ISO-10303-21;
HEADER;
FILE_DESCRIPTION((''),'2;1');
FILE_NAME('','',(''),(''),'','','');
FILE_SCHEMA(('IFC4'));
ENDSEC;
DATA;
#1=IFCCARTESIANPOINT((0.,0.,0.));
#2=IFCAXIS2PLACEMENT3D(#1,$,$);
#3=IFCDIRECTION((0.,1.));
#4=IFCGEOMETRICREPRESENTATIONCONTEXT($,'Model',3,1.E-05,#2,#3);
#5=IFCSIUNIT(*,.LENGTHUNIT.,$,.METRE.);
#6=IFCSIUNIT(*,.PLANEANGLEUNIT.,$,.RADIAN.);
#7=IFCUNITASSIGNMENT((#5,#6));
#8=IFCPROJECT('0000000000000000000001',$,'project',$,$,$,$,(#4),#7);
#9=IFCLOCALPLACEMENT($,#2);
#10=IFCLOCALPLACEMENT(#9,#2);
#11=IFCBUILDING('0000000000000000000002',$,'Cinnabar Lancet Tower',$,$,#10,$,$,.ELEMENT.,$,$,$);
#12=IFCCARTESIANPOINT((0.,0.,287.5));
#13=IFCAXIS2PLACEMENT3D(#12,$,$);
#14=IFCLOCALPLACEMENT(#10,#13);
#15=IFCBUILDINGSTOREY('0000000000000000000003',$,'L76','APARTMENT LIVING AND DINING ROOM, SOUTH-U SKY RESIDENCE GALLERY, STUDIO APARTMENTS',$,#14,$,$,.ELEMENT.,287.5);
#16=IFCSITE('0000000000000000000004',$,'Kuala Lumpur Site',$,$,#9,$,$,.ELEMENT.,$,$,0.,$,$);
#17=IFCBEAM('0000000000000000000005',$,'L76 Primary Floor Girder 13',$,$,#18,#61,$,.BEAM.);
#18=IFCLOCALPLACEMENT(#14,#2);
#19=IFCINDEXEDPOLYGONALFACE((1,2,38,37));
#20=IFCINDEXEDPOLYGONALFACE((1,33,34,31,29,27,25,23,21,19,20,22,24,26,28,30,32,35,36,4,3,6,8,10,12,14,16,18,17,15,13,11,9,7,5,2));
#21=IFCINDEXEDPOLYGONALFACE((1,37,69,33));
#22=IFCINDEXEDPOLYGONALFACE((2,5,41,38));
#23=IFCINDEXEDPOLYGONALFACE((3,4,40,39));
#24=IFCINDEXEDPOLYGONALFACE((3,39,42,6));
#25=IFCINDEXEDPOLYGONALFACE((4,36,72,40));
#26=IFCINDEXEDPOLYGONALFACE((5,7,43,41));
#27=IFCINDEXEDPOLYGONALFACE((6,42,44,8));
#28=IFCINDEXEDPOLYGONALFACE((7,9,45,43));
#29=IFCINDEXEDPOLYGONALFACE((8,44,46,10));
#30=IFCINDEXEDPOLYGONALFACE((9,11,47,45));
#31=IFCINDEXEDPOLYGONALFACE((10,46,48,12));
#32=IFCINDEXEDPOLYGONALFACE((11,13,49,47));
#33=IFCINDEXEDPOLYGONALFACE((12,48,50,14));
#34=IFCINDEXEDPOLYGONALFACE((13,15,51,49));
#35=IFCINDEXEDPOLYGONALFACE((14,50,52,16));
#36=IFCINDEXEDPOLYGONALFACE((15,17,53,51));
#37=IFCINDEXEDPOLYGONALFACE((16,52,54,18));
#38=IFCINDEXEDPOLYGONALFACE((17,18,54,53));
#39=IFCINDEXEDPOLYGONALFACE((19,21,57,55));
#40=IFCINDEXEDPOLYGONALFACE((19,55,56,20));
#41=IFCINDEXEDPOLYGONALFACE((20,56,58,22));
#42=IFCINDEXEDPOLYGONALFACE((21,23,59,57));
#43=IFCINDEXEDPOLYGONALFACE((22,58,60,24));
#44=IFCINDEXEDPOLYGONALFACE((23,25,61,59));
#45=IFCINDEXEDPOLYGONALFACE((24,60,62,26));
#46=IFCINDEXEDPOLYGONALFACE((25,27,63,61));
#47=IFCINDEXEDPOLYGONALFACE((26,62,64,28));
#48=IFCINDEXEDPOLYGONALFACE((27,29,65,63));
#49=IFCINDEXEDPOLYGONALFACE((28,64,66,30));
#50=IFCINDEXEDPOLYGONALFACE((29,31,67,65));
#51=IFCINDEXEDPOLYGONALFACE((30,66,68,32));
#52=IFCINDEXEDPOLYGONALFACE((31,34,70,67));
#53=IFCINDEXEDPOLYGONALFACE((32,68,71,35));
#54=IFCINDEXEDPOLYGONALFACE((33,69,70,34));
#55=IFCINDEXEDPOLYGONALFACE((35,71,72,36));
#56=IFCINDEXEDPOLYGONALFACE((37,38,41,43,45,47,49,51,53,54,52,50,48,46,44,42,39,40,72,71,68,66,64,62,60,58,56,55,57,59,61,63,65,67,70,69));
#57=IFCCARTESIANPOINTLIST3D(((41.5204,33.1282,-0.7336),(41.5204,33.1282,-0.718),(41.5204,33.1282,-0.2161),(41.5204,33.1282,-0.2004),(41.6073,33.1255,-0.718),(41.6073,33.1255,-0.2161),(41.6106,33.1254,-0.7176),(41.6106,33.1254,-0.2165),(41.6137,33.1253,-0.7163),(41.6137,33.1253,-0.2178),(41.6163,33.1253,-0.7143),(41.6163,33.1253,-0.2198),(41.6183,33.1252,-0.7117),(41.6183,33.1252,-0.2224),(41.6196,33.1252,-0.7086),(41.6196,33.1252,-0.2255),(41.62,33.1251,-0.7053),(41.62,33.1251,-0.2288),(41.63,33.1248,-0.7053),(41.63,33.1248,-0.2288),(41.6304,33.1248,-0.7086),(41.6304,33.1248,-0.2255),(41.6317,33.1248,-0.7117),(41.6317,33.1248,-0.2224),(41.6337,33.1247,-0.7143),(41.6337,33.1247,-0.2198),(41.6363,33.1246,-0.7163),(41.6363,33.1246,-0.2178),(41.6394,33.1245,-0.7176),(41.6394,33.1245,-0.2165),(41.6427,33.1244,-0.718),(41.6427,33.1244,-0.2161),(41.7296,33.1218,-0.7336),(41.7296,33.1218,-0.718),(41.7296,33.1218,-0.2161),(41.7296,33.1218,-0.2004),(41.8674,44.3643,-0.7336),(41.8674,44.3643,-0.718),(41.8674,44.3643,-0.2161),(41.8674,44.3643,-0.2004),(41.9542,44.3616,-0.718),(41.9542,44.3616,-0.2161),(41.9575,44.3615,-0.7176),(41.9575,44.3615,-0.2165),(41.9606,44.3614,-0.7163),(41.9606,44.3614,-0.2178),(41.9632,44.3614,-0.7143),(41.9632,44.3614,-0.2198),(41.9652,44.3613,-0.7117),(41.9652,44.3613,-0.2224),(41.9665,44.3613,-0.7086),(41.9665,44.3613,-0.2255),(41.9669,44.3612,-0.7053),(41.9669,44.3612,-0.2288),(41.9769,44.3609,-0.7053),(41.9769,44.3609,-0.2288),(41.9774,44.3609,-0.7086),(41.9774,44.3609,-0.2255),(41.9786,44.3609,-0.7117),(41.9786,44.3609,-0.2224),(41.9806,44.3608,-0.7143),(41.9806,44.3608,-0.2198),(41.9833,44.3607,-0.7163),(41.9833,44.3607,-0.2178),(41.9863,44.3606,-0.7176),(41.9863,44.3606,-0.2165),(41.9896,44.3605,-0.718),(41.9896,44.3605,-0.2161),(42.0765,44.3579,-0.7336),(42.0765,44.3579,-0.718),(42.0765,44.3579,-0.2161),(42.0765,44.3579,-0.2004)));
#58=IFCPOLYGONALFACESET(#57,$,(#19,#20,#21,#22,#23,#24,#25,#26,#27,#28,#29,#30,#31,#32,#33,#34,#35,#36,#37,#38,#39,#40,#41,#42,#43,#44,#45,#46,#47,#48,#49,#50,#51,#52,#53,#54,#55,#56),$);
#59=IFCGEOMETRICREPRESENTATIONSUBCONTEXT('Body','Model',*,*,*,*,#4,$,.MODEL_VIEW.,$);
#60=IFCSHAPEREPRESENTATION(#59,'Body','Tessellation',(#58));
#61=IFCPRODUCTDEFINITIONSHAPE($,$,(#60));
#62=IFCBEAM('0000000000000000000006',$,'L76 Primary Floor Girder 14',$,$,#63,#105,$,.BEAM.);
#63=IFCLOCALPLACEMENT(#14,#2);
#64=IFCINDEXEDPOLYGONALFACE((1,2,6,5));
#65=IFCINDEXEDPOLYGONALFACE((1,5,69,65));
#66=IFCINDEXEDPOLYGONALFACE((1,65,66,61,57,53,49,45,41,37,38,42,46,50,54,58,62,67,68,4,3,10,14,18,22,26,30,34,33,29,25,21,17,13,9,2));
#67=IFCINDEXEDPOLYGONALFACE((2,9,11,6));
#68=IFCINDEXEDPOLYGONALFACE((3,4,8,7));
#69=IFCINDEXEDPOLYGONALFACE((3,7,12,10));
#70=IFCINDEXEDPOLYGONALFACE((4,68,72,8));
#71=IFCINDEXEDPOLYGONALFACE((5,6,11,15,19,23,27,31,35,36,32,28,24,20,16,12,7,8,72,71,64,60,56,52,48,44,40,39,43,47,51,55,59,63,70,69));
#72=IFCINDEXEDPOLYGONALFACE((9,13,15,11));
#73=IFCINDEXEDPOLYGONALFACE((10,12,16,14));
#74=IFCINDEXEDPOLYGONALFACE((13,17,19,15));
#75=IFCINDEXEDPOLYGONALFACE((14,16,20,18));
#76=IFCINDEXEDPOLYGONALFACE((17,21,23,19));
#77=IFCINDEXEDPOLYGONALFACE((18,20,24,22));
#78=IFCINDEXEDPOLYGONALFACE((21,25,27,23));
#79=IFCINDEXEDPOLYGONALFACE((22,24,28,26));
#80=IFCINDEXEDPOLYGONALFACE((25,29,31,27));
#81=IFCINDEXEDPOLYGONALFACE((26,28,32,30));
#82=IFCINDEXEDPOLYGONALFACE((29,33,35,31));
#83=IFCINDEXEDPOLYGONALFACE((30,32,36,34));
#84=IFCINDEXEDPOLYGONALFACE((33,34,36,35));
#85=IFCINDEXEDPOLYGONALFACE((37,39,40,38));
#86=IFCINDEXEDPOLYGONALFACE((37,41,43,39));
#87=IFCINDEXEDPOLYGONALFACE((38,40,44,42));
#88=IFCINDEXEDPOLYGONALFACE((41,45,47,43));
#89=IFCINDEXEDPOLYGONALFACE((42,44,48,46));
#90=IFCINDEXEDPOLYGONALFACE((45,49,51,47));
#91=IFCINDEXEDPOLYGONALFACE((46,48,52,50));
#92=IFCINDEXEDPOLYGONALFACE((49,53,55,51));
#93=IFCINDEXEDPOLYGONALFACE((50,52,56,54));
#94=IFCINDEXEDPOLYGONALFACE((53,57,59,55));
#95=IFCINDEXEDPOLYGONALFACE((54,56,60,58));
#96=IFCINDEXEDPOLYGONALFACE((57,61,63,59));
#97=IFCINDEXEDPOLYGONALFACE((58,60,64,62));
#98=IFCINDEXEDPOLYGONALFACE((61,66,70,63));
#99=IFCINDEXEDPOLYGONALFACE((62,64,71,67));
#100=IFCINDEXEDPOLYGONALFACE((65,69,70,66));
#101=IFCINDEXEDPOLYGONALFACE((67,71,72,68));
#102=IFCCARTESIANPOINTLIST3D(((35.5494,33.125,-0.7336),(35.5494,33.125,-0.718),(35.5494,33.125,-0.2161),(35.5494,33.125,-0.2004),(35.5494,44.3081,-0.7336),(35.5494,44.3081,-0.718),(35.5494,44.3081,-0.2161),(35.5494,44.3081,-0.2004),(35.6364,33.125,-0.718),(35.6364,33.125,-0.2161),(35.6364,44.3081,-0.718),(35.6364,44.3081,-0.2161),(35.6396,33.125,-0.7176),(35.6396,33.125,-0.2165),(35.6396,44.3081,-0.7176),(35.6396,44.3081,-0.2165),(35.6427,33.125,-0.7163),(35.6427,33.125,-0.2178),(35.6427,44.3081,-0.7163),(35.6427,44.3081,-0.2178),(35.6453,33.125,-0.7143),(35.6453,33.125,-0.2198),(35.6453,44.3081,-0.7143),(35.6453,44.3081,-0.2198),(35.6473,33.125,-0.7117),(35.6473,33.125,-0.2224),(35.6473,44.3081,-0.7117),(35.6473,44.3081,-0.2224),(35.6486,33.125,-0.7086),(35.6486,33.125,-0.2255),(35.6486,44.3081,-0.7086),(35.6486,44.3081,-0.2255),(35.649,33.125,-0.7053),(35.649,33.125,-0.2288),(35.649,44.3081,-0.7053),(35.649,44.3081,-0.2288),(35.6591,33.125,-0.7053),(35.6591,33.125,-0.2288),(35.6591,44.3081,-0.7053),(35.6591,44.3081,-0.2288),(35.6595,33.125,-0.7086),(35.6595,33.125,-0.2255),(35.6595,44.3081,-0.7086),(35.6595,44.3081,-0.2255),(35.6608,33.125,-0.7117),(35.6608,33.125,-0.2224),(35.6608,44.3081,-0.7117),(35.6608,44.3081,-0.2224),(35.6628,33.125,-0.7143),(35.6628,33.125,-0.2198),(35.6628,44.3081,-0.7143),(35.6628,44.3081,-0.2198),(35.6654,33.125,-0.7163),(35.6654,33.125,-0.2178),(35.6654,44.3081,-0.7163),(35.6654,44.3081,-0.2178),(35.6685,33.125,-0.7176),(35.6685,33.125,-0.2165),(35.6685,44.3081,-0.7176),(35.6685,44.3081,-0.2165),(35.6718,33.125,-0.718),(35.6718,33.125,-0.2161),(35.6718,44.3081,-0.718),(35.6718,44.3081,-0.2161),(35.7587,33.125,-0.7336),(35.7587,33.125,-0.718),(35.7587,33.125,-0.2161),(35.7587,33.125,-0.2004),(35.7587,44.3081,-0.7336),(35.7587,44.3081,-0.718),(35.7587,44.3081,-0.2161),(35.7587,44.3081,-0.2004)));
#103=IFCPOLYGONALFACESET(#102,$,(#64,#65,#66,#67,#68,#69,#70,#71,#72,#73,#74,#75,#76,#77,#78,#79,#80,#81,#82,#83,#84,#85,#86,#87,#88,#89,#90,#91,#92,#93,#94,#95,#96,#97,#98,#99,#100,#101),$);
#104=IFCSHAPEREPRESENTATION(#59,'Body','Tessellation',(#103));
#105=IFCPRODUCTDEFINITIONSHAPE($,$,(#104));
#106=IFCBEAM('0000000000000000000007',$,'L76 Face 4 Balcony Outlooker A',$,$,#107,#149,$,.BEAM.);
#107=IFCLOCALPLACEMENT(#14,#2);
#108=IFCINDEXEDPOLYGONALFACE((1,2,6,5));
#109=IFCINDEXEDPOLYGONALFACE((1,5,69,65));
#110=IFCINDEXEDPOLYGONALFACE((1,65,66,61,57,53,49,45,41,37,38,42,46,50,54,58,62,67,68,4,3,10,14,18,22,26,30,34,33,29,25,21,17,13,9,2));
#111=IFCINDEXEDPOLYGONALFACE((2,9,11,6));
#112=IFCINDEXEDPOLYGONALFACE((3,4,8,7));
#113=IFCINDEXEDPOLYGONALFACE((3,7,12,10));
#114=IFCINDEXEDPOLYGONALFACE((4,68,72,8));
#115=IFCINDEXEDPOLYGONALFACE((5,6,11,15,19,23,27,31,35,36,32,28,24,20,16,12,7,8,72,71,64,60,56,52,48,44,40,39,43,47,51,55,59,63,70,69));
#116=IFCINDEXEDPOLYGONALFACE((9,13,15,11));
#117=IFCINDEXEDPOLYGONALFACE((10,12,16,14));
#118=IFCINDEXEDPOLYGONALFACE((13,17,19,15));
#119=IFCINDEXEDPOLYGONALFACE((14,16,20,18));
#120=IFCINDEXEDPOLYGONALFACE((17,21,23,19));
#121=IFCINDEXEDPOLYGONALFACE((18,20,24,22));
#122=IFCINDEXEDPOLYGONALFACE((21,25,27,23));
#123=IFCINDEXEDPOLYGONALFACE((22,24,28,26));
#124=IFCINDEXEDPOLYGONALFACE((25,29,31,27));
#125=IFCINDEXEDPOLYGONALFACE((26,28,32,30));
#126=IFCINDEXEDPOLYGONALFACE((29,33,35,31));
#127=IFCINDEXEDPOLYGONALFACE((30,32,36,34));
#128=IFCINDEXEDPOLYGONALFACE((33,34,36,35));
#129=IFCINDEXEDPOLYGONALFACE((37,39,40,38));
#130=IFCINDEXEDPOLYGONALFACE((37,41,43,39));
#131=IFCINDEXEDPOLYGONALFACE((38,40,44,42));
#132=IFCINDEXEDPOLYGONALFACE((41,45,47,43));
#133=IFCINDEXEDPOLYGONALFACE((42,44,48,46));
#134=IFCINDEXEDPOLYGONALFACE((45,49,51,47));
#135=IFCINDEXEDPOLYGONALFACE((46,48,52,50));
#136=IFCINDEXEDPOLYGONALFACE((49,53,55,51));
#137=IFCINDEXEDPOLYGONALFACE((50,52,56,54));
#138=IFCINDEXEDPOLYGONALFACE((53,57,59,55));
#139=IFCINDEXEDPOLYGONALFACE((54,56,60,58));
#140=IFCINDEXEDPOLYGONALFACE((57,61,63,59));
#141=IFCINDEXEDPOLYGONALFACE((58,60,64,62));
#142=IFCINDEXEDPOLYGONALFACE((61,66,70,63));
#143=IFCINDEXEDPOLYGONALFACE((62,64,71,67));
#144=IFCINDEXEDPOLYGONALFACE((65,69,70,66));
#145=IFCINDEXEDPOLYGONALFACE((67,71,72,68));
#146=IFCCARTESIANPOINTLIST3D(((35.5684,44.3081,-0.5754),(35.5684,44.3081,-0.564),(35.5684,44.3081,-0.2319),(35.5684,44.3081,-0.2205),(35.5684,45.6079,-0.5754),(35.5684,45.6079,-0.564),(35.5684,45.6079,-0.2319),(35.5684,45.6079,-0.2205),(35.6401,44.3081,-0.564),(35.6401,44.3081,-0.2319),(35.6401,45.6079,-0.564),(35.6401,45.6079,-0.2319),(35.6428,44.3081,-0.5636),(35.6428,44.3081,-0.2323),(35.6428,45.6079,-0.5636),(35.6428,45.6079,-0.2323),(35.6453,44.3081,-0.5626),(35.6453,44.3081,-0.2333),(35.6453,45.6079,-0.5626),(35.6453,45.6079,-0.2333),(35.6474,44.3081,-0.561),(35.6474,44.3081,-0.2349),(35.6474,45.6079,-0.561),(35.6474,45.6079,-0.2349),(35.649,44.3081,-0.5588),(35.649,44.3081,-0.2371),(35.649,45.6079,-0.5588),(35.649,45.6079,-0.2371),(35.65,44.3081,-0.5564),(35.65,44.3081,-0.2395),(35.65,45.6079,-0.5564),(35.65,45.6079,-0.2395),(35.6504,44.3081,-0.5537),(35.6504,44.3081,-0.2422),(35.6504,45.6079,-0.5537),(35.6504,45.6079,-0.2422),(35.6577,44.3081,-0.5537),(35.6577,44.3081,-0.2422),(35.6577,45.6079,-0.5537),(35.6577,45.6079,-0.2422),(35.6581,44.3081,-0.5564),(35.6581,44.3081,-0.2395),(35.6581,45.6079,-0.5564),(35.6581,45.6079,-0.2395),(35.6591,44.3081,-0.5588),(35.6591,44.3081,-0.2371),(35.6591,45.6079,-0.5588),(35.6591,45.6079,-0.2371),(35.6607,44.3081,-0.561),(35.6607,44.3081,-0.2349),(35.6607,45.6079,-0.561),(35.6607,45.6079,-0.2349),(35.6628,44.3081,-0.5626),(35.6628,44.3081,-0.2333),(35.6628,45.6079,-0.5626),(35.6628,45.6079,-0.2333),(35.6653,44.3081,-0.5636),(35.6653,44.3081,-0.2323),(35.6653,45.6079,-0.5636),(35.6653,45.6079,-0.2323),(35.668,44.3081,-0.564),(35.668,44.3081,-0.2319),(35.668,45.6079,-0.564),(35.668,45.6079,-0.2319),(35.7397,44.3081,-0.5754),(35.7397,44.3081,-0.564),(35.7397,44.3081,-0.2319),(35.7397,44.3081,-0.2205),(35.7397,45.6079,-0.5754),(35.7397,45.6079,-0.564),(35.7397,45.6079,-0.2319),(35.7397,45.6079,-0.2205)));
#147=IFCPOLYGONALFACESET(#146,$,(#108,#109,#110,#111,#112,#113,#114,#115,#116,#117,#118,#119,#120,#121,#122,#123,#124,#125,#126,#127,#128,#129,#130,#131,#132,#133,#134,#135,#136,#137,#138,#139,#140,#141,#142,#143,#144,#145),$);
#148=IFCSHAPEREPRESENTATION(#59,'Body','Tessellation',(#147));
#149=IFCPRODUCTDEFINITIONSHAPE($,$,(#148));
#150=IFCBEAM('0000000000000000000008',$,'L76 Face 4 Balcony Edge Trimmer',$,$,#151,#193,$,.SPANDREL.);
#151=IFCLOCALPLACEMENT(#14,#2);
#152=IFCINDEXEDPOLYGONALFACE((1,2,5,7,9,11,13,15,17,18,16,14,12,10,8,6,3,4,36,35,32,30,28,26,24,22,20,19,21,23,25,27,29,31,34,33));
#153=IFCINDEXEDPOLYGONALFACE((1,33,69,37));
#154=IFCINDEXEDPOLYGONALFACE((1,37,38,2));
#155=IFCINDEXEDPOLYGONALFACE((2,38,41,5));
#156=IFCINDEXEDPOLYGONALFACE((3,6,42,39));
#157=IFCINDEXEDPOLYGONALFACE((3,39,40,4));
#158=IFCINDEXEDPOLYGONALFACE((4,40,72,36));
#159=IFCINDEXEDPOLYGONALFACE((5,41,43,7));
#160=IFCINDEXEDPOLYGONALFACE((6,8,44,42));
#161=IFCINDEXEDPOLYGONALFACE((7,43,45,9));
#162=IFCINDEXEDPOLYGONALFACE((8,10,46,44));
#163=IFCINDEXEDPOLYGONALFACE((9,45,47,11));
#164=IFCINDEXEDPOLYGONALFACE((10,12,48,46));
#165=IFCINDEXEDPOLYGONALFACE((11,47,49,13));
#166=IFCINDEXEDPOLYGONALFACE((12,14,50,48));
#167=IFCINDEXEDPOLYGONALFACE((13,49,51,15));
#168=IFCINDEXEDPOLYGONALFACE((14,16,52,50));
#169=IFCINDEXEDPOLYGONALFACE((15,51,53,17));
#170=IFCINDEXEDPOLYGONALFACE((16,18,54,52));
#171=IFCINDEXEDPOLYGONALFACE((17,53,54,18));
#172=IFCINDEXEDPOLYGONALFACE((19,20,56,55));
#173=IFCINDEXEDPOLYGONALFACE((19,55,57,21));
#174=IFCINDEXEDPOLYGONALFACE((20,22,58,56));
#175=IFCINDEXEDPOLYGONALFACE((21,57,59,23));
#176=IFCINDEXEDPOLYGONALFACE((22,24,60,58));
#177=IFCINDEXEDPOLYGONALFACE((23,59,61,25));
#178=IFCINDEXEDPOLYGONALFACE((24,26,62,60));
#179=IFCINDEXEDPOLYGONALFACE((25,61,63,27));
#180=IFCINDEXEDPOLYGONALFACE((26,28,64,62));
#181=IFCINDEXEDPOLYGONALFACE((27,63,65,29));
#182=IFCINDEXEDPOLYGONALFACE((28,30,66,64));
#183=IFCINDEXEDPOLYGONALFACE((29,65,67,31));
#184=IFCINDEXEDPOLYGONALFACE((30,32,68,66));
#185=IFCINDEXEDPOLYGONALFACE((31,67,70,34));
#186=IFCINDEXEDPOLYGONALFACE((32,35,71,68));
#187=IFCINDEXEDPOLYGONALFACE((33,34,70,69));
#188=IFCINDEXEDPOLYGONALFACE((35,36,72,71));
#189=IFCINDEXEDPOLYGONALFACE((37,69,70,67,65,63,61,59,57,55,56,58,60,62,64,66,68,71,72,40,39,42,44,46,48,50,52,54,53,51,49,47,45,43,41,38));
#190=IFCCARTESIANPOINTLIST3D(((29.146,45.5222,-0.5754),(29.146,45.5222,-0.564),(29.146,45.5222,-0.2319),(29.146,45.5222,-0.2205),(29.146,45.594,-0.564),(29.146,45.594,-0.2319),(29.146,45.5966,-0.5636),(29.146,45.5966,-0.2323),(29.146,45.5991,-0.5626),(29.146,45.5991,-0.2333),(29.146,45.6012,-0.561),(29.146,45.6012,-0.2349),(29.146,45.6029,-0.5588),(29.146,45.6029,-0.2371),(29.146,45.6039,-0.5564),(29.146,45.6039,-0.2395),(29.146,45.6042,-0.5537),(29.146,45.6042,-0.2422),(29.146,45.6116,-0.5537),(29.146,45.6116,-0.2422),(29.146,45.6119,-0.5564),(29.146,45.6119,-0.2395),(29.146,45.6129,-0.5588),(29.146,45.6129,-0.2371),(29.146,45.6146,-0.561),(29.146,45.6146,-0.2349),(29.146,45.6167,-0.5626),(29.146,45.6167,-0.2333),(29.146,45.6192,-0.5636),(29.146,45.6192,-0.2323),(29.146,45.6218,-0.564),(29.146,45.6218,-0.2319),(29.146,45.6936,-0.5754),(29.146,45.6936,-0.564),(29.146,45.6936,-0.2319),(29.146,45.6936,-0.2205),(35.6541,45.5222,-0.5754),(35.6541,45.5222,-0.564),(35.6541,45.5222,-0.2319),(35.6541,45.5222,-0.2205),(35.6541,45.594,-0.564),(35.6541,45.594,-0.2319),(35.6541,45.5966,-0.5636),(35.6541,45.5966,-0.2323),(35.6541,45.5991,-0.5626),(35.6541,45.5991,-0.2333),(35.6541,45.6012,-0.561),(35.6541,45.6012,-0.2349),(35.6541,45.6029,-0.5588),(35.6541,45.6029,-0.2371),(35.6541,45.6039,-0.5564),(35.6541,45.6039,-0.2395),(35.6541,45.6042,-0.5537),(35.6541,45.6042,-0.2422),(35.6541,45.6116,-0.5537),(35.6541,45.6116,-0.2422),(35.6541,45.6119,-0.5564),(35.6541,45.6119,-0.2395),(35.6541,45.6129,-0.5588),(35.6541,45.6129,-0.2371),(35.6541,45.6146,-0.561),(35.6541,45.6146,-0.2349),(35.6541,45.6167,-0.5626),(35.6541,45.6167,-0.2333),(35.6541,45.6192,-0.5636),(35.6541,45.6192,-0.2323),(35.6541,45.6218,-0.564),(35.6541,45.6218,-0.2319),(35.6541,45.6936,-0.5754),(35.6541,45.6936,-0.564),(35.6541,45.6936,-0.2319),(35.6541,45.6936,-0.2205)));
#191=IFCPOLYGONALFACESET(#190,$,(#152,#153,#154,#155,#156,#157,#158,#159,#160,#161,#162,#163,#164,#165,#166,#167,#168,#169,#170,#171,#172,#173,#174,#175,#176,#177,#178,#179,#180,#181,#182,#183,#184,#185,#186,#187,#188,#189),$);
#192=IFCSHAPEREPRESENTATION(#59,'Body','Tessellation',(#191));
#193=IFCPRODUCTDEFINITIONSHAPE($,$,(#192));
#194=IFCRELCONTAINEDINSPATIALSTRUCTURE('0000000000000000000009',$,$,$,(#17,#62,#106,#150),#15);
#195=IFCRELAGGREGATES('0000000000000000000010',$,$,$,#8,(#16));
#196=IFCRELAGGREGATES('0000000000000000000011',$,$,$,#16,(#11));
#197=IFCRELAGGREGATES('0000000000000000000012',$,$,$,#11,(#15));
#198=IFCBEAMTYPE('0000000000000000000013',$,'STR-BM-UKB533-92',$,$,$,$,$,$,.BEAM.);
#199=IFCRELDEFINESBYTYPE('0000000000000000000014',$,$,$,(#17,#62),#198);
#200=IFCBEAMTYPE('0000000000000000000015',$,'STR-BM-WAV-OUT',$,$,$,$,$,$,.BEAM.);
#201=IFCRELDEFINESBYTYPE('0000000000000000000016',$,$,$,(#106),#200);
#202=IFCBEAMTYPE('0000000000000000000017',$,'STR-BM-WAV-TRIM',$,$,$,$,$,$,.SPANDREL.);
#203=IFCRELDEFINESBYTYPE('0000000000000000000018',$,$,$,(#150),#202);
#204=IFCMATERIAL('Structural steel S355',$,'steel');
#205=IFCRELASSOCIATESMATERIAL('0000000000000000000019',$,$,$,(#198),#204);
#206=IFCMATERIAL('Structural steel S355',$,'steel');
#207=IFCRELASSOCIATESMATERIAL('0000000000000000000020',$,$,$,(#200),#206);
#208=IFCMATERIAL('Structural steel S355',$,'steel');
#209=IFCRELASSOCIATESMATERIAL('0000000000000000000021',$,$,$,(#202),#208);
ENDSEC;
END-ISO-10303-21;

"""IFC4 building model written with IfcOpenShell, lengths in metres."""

from ifc_helpers import new_model, si_unit, direction, frame, origin, origin_2d, place, context, subcontext, project, spatial, i_section, extrude, material, material_profile, profile_set, type_object, element, save


model = new_model("IFC4")

# Units and contexts
model_context = context("Model", 3, precision=1e-05, world=origin(), true_north=direction((0.0, 1.0)))
body_context = subcontext(model_context, "Body", "Model", "MODEL_VIEW")
ifc_project = project(units=[si_unit("LENGTHUNIT", "METRE"), si_unit("PLANEANGLEUNIT", "RADIAN")], contexts=[model_context])

# Site, building, storey
site_placement = place(None, origin())
site = spatial("IfcSite", under=ifc_project, at=site_placement, Name="Kuala Lumpur Site", CompositionType="ELEMENT", RefElevation=0.0)
building_placement = place(site_placement, origin())
building = spatial("IfcBuilding", under=site, at=building_placement, Name="Cinnabar Lancet Tower", CompositionType="ELEMENT")
storey_placement = place(building_placement, frame((0.0, 0.0, 287.5)))
storey = spatial("IfcBuildingStorey", under=building, at=storey_placement, Name="L76", Description="APARTMENT LIVING AND DINING ROOM, SOUTH-U SKY RESIDENCE GALLERY, STUDIO APARTMENTS", CompositionType="ELEMENT", Elevation=287.5)

# Beams
ifc_material_1 = material(Name="Structural steel S355", Category="steel")
ifc_material_profile_1 = material_profile(ifc_material_1, i_section(OverallWidth=0.2092, OverallDepth=0.5332, WebThickness=0.01, FlangeThickness=0.0156, FilletRadius=0.0127, at=origin_2d()), Name="UKB 533x210x92")
ifc_profile_set_1 = profile_set([ifc_material_profile_1], Name="Structural steel S355")
beam_type_1 = type_object("IfcBeamType", Name="STR-BM-UKB533-92", PredefinedType="BEAM", material=ifc_profile_set_1)
beam_1_placement = place(storey_placement, frame((41.9719, 44.3611, -0.467), z_axis=(-0.030861, -0.999524, 0.0), x_axis=(0.999524, -0.030861, 0.0)))
element("IfcBeam", 1, at=beam_1_placement, inside=storey, type_object=beam_type_1, Name="L76 Primary Floor Girder 13", PredefinedType="BEAM", context=body_context, shape_type="SweptSolid", body=[
    extrude(i_section(OverallWidth=0.2092, OverallDepth=0.5332, WebThickness=0.01, FlangeThickness=0.0156, FilletRadius=0.0127, at=origin_2d()), origin(), (0.0, 0.0, 1.0), 11.2415),
])
beam_2_placement = place(storey_placement, frame((35.6541, 44.3081, -0.467), z_axis=(0.0, -1.0, 0.0), x_axis=(1.0, 0.0, 0.0)))
element("IfcBeam", 2, at=beam_2_placement, inside=storey, type_object=beam_type_1, Name="L76 Primary Floor Girder 14", PredefinedType="BEAM", context=body_context, shape_type="SweptSolid", body=[
    extrude(i_section(OverallWidth=0.2092, OverallDepth=0.5332, WebThickness=0.01, FlangeThickness=0.0156, FilletRadius=0.0127, at=origin_2d()), origin(), (0.0, 0.0, 1.0), 11.1831),
])
ifc_material_2 = material(Name="Structural steel S355", Category="steel")
ifc_material_profile_2 = material_profile(ifc_material_2, i_section(OverallWidth=0.1714, OverallDepth=0.355, WebThickness=0.0073, FlangeThickness=0.0115, FilletRadius=0.0103, at=origin_2d()), Name="UKB 356x171x51")
ifc_profile_set_2 = profile_set([ifc_material_profile_2], Name="Structural steel S355")
beam_type_2 = type_object("IfcBeamType", Name="STR-BM-WAV-OUT", PredefinedType="BEAM", material=ifc_profile_set_2)
beam_3_placement = place(storey_placement, frame((35.6541, 44.3081, -0.3979), z_axis=(0.0, 1.0, 0.0), x_axis=(-1.0, 0.0, 0.0)))
element("IfcBeam", 3, at=beam_3_placement, inside=storey, type_object=beam_type_2, Name="L76 Face 4 Balcony Outlooker A", PredefinedType="BEAM", context=body_context, shape_type="SweptSolid", body=[
    extrude(i_section(OverallWidth=0.1714, OverallDepth=0.355, WebThickness=0.0073, FlangeThickness=0.0115, FilletRadius=0.0103, at=origin_2d()), origin(), (0.0, 0.0, 1.0), 1.2998),
])
ifc_material_3 = material(Name="Structural steel S355", Category="steel")
ifc_material_profile_3 = material_profile(ifc_material_3, i_section(OverallWidth=0.1714, OverallDepth=0.355, WebThickness=0.0073, FlangeThickness=0.0115, FilletRadius=0.0103, at=origin_2d()), Name="UKB 356x171x51")
ifc_profile_set_3 = profile_set([ifc_material_profile_3], Name="Structural steel S355")
beam_type_3 = type_object("IfcBeamType", Name="STR-BM-WAV-TRIM", PredefinedType="SPANDREL", material=ifc_profile_set_3)
beam_4_placement = place(storey_placement, frame((35.6541, 45.6079, -0.3979), z_axis=(-1.0, 0.0, 0.0), x_axis=(0.0, -1.0, 0.0)))
element("IfcBeam", 4, at=beam_4_placement, inside=storey, type_object=beam_type_3, Name="L76 Face 4 Balcony Edge Trimmer", PredefinedType="SPANDREL", context=body_context, shape_type="SweptSolid", body=[
    extrude(i_section(OverallWidth=0.1714, OverallDepth=0.355, WebThickness=0.0073, FlangeThickness=0.0115, FilletRadius=0.0103, at=origin_2d()), origin(), (0.0, 0.0, 1.0), 6.5081),
])

save(model, "model.ifc")
